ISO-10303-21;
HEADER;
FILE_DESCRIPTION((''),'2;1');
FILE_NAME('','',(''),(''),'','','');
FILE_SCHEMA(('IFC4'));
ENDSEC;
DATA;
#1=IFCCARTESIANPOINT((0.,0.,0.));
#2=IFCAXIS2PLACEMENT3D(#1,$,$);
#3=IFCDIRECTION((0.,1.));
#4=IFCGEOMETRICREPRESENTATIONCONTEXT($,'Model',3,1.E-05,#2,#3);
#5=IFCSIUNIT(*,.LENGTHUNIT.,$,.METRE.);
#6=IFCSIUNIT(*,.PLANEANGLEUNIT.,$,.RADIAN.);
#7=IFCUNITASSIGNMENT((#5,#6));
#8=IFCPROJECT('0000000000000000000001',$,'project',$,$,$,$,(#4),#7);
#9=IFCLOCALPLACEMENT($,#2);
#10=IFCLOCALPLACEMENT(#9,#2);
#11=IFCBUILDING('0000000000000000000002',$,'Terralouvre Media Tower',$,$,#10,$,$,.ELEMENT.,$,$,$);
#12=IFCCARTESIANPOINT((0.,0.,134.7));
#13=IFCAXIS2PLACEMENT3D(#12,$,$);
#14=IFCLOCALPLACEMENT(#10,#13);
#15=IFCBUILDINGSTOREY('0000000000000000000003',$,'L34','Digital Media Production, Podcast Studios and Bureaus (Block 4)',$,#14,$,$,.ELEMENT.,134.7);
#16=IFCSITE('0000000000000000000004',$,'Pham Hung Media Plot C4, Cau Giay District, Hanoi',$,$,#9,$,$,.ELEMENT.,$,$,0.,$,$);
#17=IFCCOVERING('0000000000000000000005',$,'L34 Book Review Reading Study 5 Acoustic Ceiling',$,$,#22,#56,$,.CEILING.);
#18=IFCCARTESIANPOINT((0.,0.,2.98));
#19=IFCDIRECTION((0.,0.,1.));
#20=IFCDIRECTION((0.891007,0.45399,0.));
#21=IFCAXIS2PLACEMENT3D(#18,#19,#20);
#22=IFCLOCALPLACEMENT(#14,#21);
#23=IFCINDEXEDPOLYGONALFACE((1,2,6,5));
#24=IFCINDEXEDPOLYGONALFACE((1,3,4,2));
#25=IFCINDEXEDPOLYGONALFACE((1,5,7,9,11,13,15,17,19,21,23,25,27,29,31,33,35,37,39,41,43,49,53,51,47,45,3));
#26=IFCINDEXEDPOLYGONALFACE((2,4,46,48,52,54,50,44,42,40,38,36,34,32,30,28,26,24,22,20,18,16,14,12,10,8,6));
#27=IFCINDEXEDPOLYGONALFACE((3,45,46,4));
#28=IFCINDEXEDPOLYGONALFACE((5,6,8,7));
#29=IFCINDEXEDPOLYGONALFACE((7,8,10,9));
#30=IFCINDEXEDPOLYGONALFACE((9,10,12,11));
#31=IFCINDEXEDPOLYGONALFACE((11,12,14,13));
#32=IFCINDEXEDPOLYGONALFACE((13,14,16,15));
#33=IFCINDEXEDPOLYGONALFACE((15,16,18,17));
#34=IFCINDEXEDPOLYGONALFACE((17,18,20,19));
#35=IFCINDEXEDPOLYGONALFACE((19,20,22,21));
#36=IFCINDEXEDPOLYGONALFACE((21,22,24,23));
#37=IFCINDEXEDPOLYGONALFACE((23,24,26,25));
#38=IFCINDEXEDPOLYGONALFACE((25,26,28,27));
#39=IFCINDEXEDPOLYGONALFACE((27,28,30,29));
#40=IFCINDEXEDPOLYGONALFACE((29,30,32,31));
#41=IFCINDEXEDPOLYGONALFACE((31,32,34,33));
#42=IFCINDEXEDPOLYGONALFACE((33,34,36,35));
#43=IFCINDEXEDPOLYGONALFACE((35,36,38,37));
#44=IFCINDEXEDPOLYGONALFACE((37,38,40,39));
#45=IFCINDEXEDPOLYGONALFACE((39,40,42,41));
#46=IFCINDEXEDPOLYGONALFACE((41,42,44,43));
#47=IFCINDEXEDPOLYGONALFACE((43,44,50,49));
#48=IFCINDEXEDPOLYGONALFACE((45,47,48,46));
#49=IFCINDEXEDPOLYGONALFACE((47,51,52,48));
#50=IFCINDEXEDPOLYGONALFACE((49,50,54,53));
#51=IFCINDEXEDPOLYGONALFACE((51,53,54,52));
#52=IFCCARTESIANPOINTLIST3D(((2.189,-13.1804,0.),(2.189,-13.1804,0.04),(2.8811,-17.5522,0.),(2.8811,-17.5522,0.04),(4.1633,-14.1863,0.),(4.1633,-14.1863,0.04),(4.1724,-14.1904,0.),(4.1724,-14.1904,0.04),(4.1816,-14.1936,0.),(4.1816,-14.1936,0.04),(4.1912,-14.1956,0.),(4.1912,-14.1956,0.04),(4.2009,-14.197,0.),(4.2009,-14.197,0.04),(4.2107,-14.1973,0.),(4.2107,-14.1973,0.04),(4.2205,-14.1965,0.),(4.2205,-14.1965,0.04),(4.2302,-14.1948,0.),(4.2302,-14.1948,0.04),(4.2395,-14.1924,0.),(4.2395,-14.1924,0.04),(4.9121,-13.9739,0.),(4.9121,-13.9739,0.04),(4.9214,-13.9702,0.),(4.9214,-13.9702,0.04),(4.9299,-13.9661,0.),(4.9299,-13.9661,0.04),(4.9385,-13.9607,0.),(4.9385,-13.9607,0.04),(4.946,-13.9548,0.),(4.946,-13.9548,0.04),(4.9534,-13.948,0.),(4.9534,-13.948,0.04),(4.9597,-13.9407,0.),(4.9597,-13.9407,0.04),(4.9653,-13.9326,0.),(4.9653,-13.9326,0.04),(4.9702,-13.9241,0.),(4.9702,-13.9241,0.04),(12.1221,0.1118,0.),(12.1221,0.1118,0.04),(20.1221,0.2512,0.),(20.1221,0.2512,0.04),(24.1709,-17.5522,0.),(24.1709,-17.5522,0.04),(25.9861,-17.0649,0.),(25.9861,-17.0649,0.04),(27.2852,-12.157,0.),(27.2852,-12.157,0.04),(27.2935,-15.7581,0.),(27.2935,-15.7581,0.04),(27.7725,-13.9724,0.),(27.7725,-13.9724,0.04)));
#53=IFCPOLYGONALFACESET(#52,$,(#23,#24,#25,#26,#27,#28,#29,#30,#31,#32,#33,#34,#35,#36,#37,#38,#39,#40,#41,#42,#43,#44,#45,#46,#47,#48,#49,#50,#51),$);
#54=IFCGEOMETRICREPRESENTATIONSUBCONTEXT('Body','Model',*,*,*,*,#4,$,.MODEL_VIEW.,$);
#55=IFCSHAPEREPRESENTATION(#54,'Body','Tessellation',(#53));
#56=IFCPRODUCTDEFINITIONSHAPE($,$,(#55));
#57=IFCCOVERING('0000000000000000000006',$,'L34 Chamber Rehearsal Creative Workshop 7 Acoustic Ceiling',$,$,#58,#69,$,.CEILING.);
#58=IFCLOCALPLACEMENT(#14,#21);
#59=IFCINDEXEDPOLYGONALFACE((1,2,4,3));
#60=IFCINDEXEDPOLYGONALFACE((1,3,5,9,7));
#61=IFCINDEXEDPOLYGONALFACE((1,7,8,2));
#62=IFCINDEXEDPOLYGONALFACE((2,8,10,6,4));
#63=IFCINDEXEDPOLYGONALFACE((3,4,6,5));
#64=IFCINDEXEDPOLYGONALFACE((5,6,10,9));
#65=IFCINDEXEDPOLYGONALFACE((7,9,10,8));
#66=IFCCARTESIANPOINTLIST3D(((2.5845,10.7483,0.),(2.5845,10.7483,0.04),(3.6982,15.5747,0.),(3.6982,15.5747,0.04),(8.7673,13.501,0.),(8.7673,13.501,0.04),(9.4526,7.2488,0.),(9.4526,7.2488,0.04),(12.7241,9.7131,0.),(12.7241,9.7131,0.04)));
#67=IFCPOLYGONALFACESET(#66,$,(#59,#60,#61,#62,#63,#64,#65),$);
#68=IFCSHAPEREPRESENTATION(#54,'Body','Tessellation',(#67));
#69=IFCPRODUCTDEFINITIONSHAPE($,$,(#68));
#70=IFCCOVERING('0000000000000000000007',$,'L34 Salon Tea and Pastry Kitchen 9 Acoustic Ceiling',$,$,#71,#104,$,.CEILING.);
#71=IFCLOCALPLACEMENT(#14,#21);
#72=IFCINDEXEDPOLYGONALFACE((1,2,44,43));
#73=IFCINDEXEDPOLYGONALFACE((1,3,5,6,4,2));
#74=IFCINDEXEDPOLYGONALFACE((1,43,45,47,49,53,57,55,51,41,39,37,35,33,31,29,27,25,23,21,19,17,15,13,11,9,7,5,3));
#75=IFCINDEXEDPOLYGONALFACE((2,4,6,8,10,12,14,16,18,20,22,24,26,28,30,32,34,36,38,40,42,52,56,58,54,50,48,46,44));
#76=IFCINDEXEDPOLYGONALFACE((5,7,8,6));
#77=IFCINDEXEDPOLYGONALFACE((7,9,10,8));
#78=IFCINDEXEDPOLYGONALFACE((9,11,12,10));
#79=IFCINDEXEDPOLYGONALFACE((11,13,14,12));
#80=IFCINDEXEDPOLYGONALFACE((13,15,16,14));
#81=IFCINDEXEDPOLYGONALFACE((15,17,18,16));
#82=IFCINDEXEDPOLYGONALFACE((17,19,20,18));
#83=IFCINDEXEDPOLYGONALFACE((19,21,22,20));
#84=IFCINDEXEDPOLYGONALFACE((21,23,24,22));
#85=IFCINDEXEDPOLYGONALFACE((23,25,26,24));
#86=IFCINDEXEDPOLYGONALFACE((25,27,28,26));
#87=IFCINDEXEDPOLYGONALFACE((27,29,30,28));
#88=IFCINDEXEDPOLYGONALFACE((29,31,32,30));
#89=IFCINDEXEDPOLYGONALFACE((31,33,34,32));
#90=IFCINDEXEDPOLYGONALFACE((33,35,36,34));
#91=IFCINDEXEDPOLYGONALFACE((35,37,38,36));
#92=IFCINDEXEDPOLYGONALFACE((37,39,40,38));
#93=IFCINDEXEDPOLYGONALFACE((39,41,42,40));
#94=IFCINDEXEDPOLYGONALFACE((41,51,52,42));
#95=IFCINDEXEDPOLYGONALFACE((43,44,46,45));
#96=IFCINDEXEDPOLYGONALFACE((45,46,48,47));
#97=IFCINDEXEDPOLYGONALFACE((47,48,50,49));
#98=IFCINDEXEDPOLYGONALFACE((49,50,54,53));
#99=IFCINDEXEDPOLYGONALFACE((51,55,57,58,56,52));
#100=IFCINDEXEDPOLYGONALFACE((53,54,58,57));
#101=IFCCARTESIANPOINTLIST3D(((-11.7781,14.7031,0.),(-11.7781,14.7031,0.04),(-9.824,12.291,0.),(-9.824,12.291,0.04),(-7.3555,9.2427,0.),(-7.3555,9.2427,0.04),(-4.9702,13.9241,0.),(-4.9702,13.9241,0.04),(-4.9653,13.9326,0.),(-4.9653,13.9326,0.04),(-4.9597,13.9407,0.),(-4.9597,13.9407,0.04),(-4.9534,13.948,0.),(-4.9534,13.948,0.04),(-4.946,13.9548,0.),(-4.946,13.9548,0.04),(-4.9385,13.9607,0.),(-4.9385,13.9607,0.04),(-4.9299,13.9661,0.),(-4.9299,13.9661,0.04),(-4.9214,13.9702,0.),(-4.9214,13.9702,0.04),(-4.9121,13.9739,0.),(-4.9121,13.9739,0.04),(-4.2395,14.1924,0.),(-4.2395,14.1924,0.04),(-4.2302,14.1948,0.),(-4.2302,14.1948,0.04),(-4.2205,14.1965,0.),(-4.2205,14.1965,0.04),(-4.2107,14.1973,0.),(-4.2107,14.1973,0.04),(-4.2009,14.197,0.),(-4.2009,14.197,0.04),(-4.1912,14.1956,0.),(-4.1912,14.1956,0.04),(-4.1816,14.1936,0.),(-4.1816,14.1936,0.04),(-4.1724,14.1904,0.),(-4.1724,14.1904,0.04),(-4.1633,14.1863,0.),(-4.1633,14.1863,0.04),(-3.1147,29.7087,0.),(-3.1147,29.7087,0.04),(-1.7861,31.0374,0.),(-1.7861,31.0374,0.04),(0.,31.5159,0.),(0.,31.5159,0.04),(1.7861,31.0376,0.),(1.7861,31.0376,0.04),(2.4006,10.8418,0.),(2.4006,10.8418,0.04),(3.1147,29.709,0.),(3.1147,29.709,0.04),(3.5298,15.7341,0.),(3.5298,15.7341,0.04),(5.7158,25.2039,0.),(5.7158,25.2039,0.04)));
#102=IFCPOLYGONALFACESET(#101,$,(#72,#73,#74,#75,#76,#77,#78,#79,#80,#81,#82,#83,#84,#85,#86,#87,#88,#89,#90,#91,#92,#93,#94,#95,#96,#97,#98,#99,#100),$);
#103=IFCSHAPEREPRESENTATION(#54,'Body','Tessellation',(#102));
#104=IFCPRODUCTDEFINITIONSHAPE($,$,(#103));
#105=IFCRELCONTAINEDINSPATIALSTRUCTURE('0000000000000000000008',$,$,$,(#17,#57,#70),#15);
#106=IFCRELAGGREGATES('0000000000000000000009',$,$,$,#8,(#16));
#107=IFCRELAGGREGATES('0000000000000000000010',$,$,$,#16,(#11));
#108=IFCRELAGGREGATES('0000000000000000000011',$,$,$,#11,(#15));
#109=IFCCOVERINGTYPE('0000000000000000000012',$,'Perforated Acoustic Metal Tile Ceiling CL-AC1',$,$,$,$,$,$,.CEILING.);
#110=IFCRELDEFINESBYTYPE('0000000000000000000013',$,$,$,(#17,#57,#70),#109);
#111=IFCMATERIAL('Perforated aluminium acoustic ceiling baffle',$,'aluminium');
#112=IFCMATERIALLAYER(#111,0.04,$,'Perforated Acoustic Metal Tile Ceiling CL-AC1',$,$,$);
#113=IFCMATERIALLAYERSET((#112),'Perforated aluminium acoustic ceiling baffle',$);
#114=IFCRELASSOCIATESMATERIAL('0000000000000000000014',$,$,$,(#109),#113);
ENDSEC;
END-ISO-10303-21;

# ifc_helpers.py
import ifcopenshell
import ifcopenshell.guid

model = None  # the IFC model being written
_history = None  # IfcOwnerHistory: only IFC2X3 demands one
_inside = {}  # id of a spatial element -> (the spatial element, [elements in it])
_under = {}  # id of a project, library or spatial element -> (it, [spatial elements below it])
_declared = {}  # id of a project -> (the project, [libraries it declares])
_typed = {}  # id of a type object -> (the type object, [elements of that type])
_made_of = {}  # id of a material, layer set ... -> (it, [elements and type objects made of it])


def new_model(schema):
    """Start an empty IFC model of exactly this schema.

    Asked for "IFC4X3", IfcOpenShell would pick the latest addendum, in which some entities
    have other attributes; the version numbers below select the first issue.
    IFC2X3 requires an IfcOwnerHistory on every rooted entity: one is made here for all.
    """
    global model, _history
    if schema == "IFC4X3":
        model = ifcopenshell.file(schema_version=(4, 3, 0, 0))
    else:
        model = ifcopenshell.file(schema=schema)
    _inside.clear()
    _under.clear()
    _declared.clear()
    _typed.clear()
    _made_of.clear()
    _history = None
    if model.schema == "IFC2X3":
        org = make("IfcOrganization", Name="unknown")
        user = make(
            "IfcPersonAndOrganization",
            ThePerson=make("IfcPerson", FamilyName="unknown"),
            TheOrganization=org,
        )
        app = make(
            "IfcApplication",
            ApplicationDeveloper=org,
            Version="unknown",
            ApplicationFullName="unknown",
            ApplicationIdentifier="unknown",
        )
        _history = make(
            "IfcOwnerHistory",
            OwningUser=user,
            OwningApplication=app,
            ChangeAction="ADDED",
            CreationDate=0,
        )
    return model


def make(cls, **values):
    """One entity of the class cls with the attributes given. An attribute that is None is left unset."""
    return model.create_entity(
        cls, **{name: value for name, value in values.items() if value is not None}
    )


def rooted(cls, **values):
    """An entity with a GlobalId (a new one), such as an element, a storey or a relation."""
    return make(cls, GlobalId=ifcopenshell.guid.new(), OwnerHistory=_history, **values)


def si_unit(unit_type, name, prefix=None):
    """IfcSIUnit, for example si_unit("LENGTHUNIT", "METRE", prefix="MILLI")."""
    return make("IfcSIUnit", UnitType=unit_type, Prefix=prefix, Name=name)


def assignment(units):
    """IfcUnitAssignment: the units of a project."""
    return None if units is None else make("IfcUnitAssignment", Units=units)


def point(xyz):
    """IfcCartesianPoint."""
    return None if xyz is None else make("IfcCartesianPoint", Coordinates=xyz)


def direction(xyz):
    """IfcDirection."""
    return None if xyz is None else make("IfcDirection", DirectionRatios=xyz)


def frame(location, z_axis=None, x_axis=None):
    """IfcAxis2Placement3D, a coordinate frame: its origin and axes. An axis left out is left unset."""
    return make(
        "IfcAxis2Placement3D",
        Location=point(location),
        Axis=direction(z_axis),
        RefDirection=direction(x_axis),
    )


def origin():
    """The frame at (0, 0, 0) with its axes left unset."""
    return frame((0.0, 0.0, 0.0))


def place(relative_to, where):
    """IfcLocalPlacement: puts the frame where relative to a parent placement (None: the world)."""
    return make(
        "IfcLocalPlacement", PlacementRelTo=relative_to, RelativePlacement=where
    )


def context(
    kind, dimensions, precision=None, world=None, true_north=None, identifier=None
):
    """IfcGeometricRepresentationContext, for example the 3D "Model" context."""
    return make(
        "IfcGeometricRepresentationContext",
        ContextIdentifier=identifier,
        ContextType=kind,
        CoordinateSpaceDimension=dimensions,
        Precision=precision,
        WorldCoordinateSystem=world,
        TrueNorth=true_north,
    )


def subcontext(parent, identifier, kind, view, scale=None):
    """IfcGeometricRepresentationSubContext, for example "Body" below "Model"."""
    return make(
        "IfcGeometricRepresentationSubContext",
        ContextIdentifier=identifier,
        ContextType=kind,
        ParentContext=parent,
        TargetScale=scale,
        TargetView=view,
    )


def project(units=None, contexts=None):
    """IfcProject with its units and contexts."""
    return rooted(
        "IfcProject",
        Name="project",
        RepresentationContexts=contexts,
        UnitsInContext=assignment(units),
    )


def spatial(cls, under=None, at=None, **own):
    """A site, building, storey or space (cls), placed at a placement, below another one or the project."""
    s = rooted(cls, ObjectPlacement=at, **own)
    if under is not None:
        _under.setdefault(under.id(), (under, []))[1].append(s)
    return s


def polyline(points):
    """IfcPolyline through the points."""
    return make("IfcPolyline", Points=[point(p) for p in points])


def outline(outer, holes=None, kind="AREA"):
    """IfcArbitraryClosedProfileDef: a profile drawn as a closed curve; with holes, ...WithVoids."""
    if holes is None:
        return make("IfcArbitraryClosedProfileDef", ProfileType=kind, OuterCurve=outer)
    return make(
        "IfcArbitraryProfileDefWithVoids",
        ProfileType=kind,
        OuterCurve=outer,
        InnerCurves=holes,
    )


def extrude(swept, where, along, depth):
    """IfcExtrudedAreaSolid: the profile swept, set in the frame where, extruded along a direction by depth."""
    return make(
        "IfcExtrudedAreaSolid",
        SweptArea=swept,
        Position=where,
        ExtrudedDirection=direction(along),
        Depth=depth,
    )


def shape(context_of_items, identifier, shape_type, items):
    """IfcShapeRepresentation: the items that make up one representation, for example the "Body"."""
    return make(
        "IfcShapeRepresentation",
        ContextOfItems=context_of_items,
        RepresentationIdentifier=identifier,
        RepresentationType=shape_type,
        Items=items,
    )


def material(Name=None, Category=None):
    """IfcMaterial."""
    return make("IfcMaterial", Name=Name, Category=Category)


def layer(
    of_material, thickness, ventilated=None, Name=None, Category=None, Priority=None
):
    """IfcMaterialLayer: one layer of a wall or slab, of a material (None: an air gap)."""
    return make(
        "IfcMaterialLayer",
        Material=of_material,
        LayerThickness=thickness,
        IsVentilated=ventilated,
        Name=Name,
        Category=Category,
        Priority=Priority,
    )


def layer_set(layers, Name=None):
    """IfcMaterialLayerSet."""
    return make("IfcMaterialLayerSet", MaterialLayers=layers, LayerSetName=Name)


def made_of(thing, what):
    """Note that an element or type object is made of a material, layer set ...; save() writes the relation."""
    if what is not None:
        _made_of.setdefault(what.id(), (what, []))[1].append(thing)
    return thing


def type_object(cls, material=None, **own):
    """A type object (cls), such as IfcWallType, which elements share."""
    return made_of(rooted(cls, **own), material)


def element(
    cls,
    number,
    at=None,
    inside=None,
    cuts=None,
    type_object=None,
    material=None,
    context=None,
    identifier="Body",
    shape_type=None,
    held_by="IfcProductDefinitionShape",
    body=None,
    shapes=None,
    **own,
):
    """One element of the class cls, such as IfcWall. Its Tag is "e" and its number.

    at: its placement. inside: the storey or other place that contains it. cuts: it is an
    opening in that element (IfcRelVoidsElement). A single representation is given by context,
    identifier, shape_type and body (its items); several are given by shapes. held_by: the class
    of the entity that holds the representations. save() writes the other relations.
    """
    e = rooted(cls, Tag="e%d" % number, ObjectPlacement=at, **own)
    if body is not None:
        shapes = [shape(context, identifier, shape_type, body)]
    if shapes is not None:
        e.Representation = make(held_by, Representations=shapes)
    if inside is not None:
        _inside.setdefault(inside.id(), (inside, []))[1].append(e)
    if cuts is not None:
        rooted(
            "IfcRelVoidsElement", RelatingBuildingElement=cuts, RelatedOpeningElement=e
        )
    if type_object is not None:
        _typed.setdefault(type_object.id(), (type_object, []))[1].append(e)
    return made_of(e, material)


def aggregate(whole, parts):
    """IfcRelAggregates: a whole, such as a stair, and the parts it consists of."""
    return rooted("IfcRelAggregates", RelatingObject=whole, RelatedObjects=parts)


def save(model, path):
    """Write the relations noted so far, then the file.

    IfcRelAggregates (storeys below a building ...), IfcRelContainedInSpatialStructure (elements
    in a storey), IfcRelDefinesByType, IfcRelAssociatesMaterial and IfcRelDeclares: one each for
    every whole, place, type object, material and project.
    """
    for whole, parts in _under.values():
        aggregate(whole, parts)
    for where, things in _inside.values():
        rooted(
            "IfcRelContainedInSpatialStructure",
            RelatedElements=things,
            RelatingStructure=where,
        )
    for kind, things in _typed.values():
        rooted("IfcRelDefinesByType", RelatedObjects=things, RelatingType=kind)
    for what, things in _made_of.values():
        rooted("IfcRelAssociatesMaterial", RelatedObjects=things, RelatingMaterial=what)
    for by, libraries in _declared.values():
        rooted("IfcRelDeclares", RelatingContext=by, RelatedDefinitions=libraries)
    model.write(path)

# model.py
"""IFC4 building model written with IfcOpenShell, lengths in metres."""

from ifc_helpers import new_model, si_unit, direction, frame, origin, place, context, subcontext, project, spatial, polyline, outline, extrude, material, layer, layer_set, type_object, element, save


model = new_model("IFC4")

# Units and contexts
model_context = context("Model", 3, precision=1e-05, world=origin(), true_north=direction((0.0, 1.0)))
body_context = subcontext(model_context, "Body", "Model", "MODEL_VIEW")
ifc_project = project(units=[si_unit("LENGTHUNIT", "METRE"), si_unit("PLANEANGLEUNIT", "RADIAN")], contexts=[model_context])

# Site, building, storey
site_placement = place(None, origin())
site = spatial("IfcSite", under=ifc_project, at=site_placement, Name="Pham Hung Media Plot C4, Cau Giay District, Hanoi", CompositionType="ELEMENT", RefElevation=0.0)
building_placement = place(site_placement, origin())
building = spatial("IfcBuilding", under=site, at=building_placement, Name="Terralouvre Media Tower", CompositionType="ELEMENT")
storey_placement = place(building_placement, frame((0.0, 0.0, 134.7)))
storey = spatial("IfcBuildingStorey", under=building, at=storey_placement, Name="L34", Description="Digital Media Production, Podcast Studios and Bureaus (Block 4)", CompositionType="ELEMENT", Elevation=134.7)

# Coverings
ifc_material_1 = material(Name="Perforated aluminium acoustic ceiling baffle", Category="aluminium")
ifc_layer_1 = layer(ifc_material_1, 0.04, Name="Perforated Acoustic Metal Tile Ceiling CL-AC1")
ifc_layer_set_1 = layer_set([ifc_layer_1], Name="Perforated aluminium acoustic ceiling baffle")
covering_type_1 = type_object("IfcCoveringType", Name="Perforated Acoustic Metal Tile Ceiling CL-AC1", PredefinedType="CEILING", material=ifc_layer_set_1)
covering_1_placement = place(storey_placement, frame((0.0, 0.0, 2.98), z_axis=(0.0, 0.0, 1.0), x_axis=(0.891007, 0.45399, 0.0)))
element("IfcCovering", 1, at=covering_1_placement, inside=storey, type_object=covering_type_1, Name="L34 Book Review Reading Study 5 Acoustic Ceiling", PredefinedType="CEILING", context=body_context, shape_type="SweptSolid", body=[
    extrude(outline(polyline([(4.9702, -13.9241), (4.9653, -13.9326), (4.9597, -13.9407), (4.9534, -13.948), (4.946, -13.9548), (4.9385, -13.9607), (4.9299, -13.9661), (4.9214, -13.9702), (4.9121, -13.9739), (4.2395, -14.1924), (4.2302, -14.1948), (4.2205, -14.1965), (4.2107, -14.1973), (4.2009, -14.197), (4.1912, -14.1956), (4.1816, -14.1936), (4.1724, -14.1904), (4.1633, -14.1863), (2.189, -13.1804), (2.8811, -17.5522), (24.1709, -17.5522), (25.9861, -17.0649), (27.2935, -15.7581), (27.7725, -13.9724), (27.2852, -12.157), (20.1221, 0.2512), (12.1221, 0.1118), (4.9702, -13.9241)])), origin(), (0.0, 0.0, 1.0), 0.04),
])
covering_2_placement = place(storey_placement, frame((0.0, 0.0, 2.98), z_axis=(0.0, 0.0, 1.0), x_axis=(0.891007, 0.45399, 0.0)))
element("IfcCovering", 2, at=covering_2_placement, inside=storey, type_object=covering_type_1, Name="L34 Chamber Rehearsal Creative Workshop 7 Acoustic Ceiling", PredefinedType="CEILING", context=body_context, shape_type="SweptSolid", body=[
    extrude(outline(polyline([(8.7673, 13.501), (3.6982, 15.5747), (2.5845, 10.7483), (9.4526, 7.2488), (12.7241, 9.7131), (8.7673, 13.501)])), origin(), (0.0, 0.0, 1.0), 0.04),
])
covering_3_placement = place(storey_placement, frame((0.0, 0.0, 2.98), z_axis=(0.0, 0.0, 1.0), x_axis=(0.891007, 0.45399, 0.0)))
element("IfcCovering", 3, at=covering_3_placement, inside=storey, type_object=covering_type_1, Name="L34 Salon Tea and Pastry Kitchen 9 Acoustic Ceiling", PredefinedType="CEILING", context=body_context, shape_type="SweptSolid", body=[
    extrude(outline(polyline([(-9.824, 12.291), (-7.3555, 9.2427), (-4.9702, 13.9241), (-4.9653, 13.9326), (-4.9597, 13.9407), (-4.9534, 13.948), (-4.946, 13.9548), (-4.9385, 13.9607), (-4.9299, 13.9661), (-4.9214, 13.9702), (-4.9121, 13.9739), (-4.2395, 14.1924), (-4.2302, 14.1948), (-4.2205, 14.1965), (-4.2107, 14.1973), (-4.2009, 14.197), (-4.1912, 14.1956), (-4.1816, 14.1936), (-4.1724, 14.1904), (-4.1633, 14.1863), (2.4006, 10.8418), (3.5298, 15.7341), (5.7158, 25.2039), (3.1147, 29.709), (1.7861, 31.0376), (0.0, 31.5159), (-1.7861, 31.0374), (-3.1147, 29.7087), (-11.7781, 14.7031), (-9.824, 12.291)])), origin(), (0.0, 0.0, 1.0), 0.04),
])

save(model, "model.ifc")
